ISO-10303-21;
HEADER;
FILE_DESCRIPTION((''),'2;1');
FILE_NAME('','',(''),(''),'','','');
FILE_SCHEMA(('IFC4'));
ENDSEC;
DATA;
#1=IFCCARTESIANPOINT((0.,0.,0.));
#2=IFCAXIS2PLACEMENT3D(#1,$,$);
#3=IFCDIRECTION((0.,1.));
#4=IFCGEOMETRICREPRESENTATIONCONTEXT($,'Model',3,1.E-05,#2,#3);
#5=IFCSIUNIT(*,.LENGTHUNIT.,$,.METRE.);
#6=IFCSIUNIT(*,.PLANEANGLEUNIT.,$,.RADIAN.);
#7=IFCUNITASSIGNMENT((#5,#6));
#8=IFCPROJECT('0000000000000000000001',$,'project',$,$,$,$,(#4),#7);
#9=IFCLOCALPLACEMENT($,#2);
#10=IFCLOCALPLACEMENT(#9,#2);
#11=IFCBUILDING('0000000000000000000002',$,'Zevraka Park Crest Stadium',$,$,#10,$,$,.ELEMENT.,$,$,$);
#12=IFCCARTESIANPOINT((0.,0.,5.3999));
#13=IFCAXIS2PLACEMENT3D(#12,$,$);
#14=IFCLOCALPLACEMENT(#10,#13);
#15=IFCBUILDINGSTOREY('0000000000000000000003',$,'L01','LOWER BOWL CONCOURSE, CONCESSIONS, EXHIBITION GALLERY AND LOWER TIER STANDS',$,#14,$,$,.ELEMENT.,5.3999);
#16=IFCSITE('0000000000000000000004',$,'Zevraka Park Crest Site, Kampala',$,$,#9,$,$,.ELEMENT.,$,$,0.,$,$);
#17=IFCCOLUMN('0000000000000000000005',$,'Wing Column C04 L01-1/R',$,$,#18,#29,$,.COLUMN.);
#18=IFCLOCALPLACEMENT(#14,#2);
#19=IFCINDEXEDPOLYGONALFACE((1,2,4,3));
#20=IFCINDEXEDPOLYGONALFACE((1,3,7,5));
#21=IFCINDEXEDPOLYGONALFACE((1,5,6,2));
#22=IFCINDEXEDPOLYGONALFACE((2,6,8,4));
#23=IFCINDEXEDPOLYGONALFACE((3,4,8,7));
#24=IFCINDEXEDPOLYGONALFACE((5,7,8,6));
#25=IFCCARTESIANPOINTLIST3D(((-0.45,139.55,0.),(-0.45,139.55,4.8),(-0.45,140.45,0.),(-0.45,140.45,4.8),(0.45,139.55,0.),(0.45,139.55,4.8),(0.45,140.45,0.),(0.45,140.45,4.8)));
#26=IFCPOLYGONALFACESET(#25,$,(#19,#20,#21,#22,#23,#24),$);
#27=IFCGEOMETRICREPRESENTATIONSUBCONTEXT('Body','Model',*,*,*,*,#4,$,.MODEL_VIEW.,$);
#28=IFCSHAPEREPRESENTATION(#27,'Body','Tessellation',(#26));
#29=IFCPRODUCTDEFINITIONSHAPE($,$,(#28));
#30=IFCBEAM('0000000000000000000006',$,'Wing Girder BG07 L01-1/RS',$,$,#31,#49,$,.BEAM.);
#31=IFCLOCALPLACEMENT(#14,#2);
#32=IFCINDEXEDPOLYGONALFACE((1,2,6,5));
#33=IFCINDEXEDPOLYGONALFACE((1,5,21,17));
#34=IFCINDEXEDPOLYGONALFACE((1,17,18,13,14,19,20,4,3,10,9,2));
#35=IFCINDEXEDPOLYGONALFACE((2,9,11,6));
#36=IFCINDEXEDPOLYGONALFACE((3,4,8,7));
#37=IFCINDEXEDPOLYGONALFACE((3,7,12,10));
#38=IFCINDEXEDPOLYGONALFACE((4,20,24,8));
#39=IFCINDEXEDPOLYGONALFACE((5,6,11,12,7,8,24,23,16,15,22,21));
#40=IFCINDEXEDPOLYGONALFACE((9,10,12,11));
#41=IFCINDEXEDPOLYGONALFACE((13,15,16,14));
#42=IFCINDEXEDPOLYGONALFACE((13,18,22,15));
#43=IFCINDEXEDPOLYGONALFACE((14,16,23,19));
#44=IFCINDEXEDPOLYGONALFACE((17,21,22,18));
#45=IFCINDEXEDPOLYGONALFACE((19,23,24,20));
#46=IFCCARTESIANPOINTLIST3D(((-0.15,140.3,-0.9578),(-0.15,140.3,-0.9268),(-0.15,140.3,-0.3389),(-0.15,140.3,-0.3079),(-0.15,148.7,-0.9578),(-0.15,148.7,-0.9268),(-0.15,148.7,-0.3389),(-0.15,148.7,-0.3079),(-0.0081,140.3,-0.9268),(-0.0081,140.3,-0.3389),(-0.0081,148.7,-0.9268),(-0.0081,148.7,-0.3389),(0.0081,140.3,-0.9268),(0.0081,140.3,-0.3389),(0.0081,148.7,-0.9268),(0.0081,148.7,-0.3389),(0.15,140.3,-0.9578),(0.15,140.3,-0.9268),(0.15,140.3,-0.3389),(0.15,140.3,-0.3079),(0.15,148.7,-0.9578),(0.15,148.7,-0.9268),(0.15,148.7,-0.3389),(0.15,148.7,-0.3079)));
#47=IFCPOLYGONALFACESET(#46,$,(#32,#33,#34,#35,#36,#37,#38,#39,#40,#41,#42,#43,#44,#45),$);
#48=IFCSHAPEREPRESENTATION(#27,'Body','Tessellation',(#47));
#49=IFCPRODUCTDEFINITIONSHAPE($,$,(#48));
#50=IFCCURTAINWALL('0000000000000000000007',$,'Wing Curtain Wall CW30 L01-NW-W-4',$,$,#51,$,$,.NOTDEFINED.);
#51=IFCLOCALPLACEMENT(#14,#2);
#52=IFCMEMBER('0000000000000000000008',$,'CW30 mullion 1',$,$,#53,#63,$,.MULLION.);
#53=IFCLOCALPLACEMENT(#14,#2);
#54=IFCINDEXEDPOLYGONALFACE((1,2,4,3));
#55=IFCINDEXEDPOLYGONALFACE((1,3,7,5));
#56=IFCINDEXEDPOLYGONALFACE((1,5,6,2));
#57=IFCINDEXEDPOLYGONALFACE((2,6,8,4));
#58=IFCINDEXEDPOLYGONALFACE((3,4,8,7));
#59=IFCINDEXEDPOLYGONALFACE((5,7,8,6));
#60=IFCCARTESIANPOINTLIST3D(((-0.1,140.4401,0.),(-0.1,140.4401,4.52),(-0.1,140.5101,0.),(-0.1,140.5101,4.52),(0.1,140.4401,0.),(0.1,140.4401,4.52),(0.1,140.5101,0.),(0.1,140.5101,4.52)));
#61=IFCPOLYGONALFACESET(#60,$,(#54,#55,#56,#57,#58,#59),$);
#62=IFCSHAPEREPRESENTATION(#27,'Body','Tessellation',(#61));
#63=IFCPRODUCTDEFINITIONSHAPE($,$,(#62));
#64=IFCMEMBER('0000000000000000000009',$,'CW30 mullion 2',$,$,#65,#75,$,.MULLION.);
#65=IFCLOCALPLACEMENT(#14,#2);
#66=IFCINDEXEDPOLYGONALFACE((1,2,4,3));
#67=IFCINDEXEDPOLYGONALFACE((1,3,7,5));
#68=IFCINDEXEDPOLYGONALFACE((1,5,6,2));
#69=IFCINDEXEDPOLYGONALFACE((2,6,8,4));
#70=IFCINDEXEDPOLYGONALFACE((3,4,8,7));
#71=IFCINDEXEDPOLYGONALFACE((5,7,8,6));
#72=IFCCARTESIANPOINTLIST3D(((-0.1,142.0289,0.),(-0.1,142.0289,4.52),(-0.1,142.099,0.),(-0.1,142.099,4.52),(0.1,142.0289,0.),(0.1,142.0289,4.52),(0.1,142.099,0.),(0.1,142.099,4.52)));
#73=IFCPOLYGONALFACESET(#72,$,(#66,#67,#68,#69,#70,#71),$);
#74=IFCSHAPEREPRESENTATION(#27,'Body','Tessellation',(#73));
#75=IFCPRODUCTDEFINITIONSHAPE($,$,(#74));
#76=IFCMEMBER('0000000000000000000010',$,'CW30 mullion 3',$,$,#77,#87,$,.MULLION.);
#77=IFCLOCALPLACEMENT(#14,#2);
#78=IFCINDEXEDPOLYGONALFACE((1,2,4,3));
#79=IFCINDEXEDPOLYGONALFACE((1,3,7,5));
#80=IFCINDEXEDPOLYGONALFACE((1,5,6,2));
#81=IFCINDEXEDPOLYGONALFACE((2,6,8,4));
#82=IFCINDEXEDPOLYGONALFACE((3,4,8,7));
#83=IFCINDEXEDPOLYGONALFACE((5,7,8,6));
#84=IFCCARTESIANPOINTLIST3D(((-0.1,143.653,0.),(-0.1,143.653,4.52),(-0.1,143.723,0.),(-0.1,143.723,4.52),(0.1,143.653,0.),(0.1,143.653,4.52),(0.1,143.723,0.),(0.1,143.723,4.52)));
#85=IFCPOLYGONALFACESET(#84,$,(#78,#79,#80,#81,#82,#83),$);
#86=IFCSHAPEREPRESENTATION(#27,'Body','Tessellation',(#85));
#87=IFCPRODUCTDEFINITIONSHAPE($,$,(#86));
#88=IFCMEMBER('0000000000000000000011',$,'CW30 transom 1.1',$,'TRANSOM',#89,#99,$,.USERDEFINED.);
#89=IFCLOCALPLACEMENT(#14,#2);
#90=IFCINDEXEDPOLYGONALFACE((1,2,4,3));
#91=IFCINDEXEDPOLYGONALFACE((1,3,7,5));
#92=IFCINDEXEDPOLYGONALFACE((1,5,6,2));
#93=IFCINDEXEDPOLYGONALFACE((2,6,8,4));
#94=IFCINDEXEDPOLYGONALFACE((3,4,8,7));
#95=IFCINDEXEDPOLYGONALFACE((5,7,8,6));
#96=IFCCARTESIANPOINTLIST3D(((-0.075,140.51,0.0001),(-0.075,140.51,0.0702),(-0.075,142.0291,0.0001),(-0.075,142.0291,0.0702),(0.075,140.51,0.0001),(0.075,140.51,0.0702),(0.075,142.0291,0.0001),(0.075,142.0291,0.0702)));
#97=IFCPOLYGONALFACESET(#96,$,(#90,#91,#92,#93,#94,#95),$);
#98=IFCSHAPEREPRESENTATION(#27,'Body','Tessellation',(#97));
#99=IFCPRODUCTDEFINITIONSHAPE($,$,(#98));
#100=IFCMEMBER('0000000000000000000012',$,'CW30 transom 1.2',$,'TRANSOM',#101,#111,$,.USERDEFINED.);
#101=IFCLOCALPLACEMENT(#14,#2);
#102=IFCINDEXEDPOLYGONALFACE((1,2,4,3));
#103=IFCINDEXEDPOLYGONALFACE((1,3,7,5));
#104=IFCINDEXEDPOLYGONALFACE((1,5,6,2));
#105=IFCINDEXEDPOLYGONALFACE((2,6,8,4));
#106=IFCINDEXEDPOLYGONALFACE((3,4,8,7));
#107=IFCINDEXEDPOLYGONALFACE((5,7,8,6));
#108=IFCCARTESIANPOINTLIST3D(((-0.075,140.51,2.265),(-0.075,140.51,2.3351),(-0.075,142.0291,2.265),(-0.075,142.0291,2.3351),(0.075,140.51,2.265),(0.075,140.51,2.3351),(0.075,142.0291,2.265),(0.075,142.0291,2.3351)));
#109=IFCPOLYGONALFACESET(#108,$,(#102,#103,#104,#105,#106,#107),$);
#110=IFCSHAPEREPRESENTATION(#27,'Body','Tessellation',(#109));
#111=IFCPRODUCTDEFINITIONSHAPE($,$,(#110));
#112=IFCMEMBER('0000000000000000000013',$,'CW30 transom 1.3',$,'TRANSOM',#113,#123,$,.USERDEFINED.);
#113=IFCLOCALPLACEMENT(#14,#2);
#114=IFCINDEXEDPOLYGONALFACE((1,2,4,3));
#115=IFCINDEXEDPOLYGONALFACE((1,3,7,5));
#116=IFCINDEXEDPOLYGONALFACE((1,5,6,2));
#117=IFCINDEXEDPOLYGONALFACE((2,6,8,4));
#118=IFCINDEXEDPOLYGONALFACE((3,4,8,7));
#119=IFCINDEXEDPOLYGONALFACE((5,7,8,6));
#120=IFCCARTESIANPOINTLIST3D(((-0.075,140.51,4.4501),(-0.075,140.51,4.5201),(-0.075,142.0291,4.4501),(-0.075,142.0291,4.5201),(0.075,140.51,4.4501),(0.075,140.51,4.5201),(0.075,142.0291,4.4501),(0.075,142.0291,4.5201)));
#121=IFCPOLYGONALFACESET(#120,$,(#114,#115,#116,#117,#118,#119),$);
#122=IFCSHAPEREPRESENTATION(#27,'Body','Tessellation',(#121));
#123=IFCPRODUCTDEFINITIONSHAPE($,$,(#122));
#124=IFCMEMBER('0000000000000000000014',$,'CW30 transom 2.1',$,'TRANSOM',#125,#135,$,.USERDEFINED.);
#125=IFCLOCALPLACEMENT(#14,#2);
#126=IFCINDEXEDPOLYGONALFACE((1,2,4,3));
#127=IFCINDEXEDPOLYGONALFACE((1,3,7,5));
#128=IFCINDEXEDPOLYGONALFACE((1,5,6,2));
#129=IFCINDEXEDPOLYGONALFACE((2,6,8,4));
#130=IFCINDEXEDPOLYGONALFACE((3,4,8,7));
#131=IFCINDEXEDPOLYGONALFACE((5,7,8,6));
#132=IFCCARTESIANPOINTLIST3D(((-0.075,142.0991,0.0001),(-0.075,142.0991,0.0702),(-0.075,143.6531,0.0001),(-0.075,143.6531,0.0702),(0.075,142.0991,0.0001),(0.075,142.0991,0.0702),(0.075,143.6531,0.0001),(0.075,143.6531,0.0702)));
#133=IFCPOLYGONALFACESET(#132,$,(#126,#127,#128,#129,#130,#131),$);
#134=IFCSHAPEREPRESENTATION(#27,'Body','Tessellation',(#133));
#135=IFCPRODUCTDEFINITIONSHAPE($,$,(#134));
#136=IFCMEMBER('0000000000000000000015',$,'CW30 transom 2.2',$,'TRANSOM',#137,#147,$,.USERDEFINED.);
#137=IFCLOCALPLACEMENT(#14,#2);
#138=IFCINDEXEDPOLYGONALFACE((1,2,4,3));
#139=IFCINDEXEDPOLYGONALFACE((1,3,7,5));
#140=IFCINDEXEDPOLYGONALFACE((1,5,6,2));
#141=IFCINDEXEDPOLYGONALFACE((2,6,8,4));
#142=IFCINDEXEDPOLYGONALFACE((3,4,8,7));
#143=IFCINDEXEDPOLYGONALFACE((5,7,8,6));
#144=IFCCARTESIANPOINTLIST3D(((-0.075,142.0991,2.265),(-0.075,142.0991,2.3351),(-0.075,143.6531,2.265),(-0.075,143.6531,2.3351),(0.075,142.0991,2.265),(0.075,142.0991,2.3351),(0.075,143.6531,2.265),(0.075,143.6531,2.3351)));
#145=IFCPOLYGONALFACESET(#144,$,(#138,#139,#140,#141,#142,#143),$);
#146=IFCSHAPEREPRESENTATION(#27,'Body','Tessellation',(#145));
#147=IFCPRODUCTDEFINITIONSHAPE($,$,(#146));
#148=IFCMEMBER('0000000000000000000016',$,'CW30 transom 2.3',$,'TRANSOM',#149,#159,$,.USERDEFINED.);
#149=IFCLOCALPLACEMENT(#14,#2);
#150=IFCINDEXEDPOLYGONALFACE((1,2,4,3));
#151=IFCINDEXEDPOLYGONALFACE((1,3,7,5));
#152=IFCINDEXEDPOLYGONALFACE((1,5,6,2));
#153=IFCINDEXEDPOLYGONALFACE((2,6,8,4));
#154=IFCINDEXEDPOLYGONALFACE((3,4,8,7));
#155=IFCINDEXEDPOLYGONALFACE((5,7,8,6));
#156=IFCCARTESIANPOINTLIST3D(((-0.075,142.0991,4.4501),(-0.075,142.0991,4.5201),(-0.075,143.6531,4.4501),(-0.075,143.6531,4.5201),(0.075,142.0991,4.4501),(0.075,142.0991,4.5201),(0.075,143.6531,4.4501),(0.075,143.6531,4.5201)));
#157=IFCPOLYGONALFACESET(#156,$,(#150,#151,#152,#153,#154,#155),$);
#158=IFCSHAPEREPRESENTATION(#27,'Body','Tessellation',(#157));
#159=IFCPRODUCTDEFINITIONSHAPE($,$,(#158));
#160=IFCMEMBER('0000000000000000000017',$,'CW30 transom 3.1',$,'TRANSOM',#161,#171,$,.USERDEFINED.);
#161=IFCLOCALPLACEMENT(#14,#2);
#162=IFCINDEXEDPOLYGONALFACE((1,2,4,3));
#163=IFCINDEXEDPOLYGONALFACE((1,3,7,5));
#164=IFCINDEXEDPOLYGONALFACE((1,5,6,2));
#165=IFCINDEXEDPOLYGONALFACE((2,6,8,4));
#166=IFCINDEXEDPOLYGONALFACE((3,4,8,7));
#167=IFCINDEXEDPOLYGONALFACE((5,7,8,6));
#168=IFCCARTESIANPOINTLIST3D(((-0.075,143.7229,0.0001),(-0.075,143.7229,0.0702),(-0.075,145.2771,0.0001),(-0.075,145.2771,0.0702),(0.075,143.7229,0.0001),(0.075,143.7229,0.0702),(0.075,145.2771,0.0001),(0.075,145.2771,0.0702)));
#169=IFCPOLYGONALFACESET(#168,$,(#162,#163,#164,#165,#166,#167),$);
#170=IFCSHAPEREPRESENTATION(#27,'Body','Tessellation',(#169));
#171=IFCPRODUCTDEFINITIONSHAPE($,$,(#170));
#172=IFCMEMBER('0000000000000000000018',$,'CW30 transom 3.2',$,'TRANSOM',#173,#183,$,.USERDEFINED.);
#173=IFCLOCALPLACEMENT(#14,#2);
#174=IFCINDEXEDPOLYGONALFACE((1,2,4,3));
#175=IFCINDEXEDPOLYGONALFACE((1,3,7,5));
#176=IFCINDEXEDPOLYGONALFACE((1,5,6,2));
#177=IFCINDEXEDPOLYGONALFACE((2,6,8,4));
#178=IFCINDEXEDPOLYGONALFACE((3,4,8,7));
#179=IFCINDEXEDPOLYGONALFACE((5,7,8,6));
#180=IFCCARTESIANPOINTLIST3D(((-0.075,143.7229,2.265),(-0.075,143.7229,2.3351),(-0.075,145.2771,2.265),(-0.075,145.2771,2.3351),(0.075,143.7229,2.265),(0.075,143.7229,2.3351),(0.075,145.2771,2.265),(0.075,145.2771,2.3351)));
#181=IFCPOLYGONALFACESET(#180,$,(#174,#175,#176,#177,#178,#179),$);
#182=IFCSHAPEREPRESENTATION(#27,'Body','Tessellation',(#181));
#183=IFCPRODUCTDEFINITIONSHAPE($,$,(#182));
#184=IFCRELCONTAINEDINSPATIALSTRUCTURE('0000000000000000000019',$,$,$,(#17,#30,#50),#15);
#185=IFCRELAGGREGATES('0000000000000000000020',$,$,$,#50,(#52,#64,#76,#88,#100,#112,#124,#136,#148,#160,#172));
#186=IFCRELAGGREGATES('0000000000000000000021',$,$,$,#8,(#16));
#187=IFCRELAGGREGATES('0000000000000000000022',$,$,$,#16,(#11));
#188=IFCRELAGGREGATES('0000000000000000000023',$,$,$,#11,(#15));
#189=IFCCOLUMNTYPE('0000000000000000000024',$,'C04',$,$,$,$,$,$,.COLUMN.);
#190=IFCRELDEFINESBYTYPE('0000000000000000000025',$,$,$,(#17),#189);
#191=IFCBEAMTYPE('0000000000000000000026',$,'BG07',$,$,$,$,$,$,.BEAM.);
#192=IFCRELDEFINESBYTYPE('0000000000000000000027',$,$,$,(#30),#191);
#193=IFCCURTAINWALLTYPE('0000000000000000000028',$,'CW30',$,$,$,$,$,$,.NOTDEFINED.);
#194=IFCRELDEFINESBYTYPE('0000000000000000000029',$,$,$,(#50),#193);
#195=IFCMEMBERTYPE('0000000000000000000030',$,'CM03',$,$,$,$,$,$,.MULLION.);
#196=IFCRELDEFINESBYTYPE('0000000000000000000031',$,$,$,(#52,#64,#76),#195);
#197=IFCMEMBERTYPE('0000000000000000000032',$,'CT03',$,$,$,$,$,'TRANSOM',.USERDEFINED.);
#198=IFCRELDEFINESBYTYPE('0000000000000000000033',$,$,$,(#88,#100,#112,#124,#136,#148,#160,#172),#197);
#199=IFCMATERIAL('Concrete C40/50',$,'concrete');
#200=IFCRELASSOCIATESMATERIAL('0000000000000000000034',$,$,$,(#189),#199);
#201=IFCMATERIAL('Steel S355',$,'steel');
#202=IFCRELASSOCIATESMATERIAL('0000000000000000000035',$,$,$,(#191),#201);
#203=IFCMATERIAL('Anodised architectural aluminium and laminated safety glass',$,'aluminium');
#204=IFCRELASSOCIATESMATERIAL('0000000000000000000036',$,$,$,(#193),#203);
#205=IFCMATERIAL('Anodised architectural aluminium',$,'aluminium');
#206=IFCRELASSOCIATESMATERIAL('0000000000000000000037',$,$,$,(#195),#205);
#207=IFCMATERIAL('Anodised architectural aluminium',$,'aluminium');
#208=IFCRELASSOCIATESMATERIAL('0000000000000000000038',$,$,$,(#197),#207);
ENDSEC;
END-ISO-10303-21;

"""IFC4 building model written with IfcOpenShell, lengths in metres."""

from ifc_helpers import new_model, si_unit, direction, frame, origin, origin_2d, place, context, subcontext, project, spatial, rectangle, i_section, extrude, material, material_profile, profile_set, type_object, element, aggregate, save


model = new_model("IFC4")

# Units and contexts
model_context = context("Model", 3, precision=1e-05, world=origin(), true_north=direction((0.0, 1.0)))
body_context = subcontext(model_context, "Body", "Model", "MODEL_VIEW")
ifc_project = project(units=[si_unit("LENGTHUNIT", "METRE"), si_unit("PLANEANGLEUNIT", "RADIAN")], contexts=[model_context])

# Site, building, storey
site_placement = place(None, origin())
site = spatial("IfcSite", under=ifc_project, at=site_placement, Name="Zevraka Park Crest Site, Kampala", CompositionType="ELEMENT", RefElevation=0.0)
building_placement = place(site_placement, origin())
building = spatial("IfcBuilding", under=site, at=building_placement, Name="Zevraka Park Crest Stadium", CompositionType="ELEMENT")
storey_placement = place(building_placement, frame((0.0, 0.0, 5.3999)))
storey = spatial("IfcBuildingStorey", under=building, at=storey_placement, Name="L01", Description="LOWER BOWL CONCOURSE, CONCESSIONS, EXHIBITION GALLERY AND LOWER TIER STANDS", CompositionType="ELEMENT", Elevation=5.3999)

# Column
ifc_material_1 = material(Name="Concrete C40/50", Category="concrete")
ifc_material_profile_1 = material_profile(ifc_material_1, rectangle(XDim=0.8999, YDim=0.8999, at=origin_2d()), Name="RC 900x900")
ifc_profile_set_1 = profile_set([ifc_material_profile_1], Name="Concrete C40/50")
column_type = type_object("IfcColumnType", Name="C04", PredefinedType="COLUMN", material=ifc_profile_set_1)
column_placement = place(storey_placement, frame((0.0, 140.0, 0.0), z_axis=(0.0, 0.0, 1.0), x_axis=(1.0, 0.0, 0.0)))
element("IfcColumn", 1, at=column_placement, inside=storey, type_object=column_type, Name="Wing Column C04 L01-1/R", PredefinedType="COLUMN", context=body_context, shape_type="SweptSolid", body=[
    extrude(rectangle(XDim=0.8999, YDim=0.8999, at=origin_2d()), origin(), (0.0, 0.0, 1.0), 4.8),
])

# Beam
ifc_material_2 = material(Name="Steel S355", Category="steel")
ifc_material_profile_2 = material_profile(ifc_material_2, i_section(OverallWidth=0.3, OverallDepth=0.6499, WebThickness=0.0161, FlangeThickness=0.031, at=origin_2d()), Name="HEB 650")
ifc_profile_set_2 = profile_set([ifc_material_profile_2], Name="Steel S355")
beam_type = type_object("IfcBeamType", Name="BG07", PredefinedType="BEAM", material=ifc_profile_set_2)
beam_placement = place(storey_placement, frame((0.0, 140.3, -0.6328), z_axis=(0.0, 1.0, 0.0), x_axis=(-1.0, 0.0, 0.0)))
element("IfcBeam", 2, at=beam_placement, inside=storey, type_object=beam_type, Name="Wing Girder BG07 L01-1/RS", PredefinedType="BEAM", context=body_context, shape_type="SweptSolid", body=[
    extrude(i_section(OverallWidth=0.3, OverallDepth=0.6499, WebThickness=0.0161, FlangeThickness=0.031, at=origin_2d()), origin(), (0.0, 0.0, 1.0), 8.3999),
])

# Curtain wall, members
ifc_material_3 = material(Name="Anodised architectural aluminium and laminated safety glass", Category="aluminium")
curtain_wall_type = type_object("IfcCurtainWallType", Name="CW30", PredefinedType="NOTDEFINED", material=ifc_material_3)
curtain_wall_placement = place(storey_placement, origin())
curtain_wall = element("IfcCurtainWall", 3, at=curtain_wall_placement, inside=storey, type_object=curtain_wall_type, Name="Wing Curtain Wall CW30 L01-NW-W-4", PredefinedType="NOTDEFINED")
ifc_material_4 = material(Name="Anodised architectural aluminium", Category="aluminium")
ifc_material_profile_3 = material_profile(ifc_material_4, rectangle(XDim=0.2, YDim=0.0701, at=origin_2d()), Name="ALU MULLION 200x70")
ifc_profile_set_3 = profile_set([ifc_material_profile_3], Name="Anodised architectural aluminium")
member_type_1 = type_object("IfcMemberType", Name="CM03", PredefinedType="MULLION", material=ifc_profile_set_3)
member_1_placement = place(storey_placement, frame((0.0, 140.4751, 0.0), z_axis=(0.0, 0.0, 1.0), x_axis=(-1.0, 0.0, 0.0)))
member_1 = element("IfcMember", 4, at=member_1_placement, type_object=member_type_1, Name="CW30 mullion 1", PredefinedType="MULLION", context=body_context, shape_type="SweptSolid", body=[
    extrude(rectangle(XDim=0.2, YDim=0.0701, at=origin_2d()), origin(), (0.0, 0.0, 1.0), 4.52),
])
member_2_placement = place(storey_placement, frame((0.0, 142.064, 0.0), z_axis=(0.0, 0.0, 1.0), x_axis=(-1.0, 0.0, 0.0)))
member_2 = element("IfcMember", 5, at=member_2_placement, type_object=member_type_1, Name="CW30 mullion 2", PredefinedType="MULLION", context=body_context, shape_type="SweptSolid", body=[
    extrude(rectangle(XDim=0.2, YDim=0.0701, at=origin_2d()), origin(), (0.0, 0.0, 1.0), 4.52),
])
member_3_placement = place(storey_placement, frame((0.0, 143.688, 0.0), z_axis=(0.0, 0.0, 1.0), x_axis=(-1.0, 0.0, 0.0)))
member_3 = element("IfcMember", 6, at=member_3_placement, type_object=member_type_1, Name="CW30 mullion 3", PredefinedType="MULLION", context=body_context, shape_type="SweptSolid", body=[
    extrude(rectangle(XDim=0.2, YDim=0.0701, at=origin_2d()), origin(), (0.0, 0.0, 1.0), 4.52),
])
ifc_material_5 = material(Name="Anodised architectural aluminium", Category="aluminium")
ifc_material_profile_4 = material_profile(ifc_material_5, rectangle(XDim=0.1499, YDim=0.0701, at=origin_2d()), Name="ALU TRANSOM 150x70")
ifc_profile_set_4 = profile_set([ifc_material_profile_4], Name="Anodised architectural aluminium")
member_type_2 = type_object("IfcMemberType", Name="CT03", ElementType="TRANSOM", PredefinedType="USERDEFINED", material=ifc_profile_set_4)
member_4_placement = place(storey_placement, frame((0.0, 140.51, 0.0352), z_axis=(0.0, 1.0, 0.0), x_axis=(-1.0, 0.0, 0.0)))
member_4 = element("IfcMember", 7, at=member_4_placement, type_object=member_type_2, Name="CW30 transom 1.1", ObjectType="TRANSOM", PredefinedType="USERDEFINED", context=body_context, shape_type="SweptSolid", body=[
    extrude(rectangle(XDim=0.1499, YDim=0.0701, at=origin_2d()), origin(), (0.0, 0.0, 1.0), 1.519),
])
member_5_placement = place(storey_placement, frame((0.0, 140.51, 2.3), z_axis=(0.0, 1.0, 0.0), x_axis=(-1.0, 0.0, 0.0)))
member_5 = element("IfcMember", 8, at=member_5_placement, type_object=member_type_2, Name="CW30 transom 1.2", ObjectType="TRANSOM", PredefinedType="USERDEFINED", context=body_context, shape_type="SweptSolid", body=[
    extrude(rectangle(XDim=0.1499, YDim=0.0701, at=origin_2d()), origin(), (0.0, 0.0, 1.0), 1.519),
])
member_6_placement = place(storey_placement, frame((0.0, 140.51, 4.4851), z_axis=(0.0, 1.0, 0.0), x_axis=(-1.0, 0.0, 0.0)))
member_6 = element("IfcMember", 9, at=member_6_placement, type_object=member_type_2, Name="CW30 transom 1.3", ObjectType="TRANSOM", PredefinedType="USERDEFINED", context=body_context, shape_type="SweptSolid", body=[
    extrude(rectangle(XDim=0.1499, YDim=0.0701, at=origin_2d()), origin(), (0.0, 0.0, 1.0), 1.519),
])
member_7_placement = place(storey_placement, frame((0.0, 142.0991, 0.0352), z_axis=(0.0, 1.0, 0.0), x_axis=(-1.0, 0.0, 0.0)))
member_7 = element("IfcMember", 10, at=member_7_placement, type_object=member_type_2, Name="CW30 transom 2.1", ObjectType="TRANSOM", PredefinedType="USERDEFINED", context=body_context, shape_type="SweptSolid", body=[
    extrude(rectangle(XDim=0.1499, YDim=0.0701, at=origin_2d()), origin(), (0.0, 0.0, 1.0), 1.554),
])
member_8_placement = place(storey_placement, frame((0.0, 142.0991, 2.3), z_axis=(0.0, 1.0, 0.0), x_axis=(-1.0, 0.0, 0.0)))
member_8 = element("IfcMember", 11, at=member_8_placement, type_object=member_type_2, Name="CW30 transom 2.2", ObjectType="TRANSOM", PredefinedType="USERDEFINED", context=body_context, shape_type="SweptSolid", body=[
    extrude(rectangle(XDim=0.1499, YDim=0.0701, at=origin_2d()), origin(), (0.0, 0.0, 1.0), 1.554),
])
member_9_placement = place(storey_placement, frame((0.0, 142.0991, 4.4851), z_axis=(0.0, 1.0, 0.0), x_axis=(-1.0, 0.0, 0.0)))
member_9 = element("IfcMember", 12, at=member_9_placement, type_object=member_type_2, Name="CW30 transom 2.3", ObjectType="TRANSOM", PredefinedType="USERDEFINED", context=body_context, shape_type="SweptSolid", body=[
    extrude(rectangle(XDim=0.1499, YDim=0.0701, at=origin_2d()), origin(), (0.0, 0.0, 1.0), 1.554),
])
member_10_placement = place(storey_placement, frame((0.0, 143.7229, 0.0352), z_axis=(0.0, 1.0, 0.0), x_axis=(-1.0, 0.0, 0.0)))
member_10 = element("IfcMember", 13, at=member_10_placement, type_object=member_type_2, Name="CW30 transom 3.1", ObjectType="TRANSOM", PredefinedType="USERDEFINED", context=body_context, shape_type="SweptSolid", body=[
    extrude(rectangle(XDim=0.1499, YDim=0.0701, at=origin_2d()), origin(), (0.0, 0.0, 1.0), 1.5542),
])
member_11_placement = place(storey_placement, frame((0.0, 143.7229, 2.3), z_axis=(0.0, 1.0, 0.0), x_axis=(-1.0, 0.0, 0.0)))
member_11 = element("IfcMember", 14, at=member_11_placement, type_object=member_type_2, Name="CW30 transom 3.2", ObjectType="TRANSOM", PredefinedType="USERDEFINED", context=body_context, shape_type="SweptSolid", body=[
    extrude(rectangle(XDim=0.1499, YDim=0.0701, at=origin_2d()), origin(), (0.0, 0.0, 1.0), 1.5542),
])
aggregate(curtain_wall, [member_1, member_2, member_3, member_4, member_5, member_6, member_7, member_8, member_9, member_10, member_11])

save(model, "model.ifc")
